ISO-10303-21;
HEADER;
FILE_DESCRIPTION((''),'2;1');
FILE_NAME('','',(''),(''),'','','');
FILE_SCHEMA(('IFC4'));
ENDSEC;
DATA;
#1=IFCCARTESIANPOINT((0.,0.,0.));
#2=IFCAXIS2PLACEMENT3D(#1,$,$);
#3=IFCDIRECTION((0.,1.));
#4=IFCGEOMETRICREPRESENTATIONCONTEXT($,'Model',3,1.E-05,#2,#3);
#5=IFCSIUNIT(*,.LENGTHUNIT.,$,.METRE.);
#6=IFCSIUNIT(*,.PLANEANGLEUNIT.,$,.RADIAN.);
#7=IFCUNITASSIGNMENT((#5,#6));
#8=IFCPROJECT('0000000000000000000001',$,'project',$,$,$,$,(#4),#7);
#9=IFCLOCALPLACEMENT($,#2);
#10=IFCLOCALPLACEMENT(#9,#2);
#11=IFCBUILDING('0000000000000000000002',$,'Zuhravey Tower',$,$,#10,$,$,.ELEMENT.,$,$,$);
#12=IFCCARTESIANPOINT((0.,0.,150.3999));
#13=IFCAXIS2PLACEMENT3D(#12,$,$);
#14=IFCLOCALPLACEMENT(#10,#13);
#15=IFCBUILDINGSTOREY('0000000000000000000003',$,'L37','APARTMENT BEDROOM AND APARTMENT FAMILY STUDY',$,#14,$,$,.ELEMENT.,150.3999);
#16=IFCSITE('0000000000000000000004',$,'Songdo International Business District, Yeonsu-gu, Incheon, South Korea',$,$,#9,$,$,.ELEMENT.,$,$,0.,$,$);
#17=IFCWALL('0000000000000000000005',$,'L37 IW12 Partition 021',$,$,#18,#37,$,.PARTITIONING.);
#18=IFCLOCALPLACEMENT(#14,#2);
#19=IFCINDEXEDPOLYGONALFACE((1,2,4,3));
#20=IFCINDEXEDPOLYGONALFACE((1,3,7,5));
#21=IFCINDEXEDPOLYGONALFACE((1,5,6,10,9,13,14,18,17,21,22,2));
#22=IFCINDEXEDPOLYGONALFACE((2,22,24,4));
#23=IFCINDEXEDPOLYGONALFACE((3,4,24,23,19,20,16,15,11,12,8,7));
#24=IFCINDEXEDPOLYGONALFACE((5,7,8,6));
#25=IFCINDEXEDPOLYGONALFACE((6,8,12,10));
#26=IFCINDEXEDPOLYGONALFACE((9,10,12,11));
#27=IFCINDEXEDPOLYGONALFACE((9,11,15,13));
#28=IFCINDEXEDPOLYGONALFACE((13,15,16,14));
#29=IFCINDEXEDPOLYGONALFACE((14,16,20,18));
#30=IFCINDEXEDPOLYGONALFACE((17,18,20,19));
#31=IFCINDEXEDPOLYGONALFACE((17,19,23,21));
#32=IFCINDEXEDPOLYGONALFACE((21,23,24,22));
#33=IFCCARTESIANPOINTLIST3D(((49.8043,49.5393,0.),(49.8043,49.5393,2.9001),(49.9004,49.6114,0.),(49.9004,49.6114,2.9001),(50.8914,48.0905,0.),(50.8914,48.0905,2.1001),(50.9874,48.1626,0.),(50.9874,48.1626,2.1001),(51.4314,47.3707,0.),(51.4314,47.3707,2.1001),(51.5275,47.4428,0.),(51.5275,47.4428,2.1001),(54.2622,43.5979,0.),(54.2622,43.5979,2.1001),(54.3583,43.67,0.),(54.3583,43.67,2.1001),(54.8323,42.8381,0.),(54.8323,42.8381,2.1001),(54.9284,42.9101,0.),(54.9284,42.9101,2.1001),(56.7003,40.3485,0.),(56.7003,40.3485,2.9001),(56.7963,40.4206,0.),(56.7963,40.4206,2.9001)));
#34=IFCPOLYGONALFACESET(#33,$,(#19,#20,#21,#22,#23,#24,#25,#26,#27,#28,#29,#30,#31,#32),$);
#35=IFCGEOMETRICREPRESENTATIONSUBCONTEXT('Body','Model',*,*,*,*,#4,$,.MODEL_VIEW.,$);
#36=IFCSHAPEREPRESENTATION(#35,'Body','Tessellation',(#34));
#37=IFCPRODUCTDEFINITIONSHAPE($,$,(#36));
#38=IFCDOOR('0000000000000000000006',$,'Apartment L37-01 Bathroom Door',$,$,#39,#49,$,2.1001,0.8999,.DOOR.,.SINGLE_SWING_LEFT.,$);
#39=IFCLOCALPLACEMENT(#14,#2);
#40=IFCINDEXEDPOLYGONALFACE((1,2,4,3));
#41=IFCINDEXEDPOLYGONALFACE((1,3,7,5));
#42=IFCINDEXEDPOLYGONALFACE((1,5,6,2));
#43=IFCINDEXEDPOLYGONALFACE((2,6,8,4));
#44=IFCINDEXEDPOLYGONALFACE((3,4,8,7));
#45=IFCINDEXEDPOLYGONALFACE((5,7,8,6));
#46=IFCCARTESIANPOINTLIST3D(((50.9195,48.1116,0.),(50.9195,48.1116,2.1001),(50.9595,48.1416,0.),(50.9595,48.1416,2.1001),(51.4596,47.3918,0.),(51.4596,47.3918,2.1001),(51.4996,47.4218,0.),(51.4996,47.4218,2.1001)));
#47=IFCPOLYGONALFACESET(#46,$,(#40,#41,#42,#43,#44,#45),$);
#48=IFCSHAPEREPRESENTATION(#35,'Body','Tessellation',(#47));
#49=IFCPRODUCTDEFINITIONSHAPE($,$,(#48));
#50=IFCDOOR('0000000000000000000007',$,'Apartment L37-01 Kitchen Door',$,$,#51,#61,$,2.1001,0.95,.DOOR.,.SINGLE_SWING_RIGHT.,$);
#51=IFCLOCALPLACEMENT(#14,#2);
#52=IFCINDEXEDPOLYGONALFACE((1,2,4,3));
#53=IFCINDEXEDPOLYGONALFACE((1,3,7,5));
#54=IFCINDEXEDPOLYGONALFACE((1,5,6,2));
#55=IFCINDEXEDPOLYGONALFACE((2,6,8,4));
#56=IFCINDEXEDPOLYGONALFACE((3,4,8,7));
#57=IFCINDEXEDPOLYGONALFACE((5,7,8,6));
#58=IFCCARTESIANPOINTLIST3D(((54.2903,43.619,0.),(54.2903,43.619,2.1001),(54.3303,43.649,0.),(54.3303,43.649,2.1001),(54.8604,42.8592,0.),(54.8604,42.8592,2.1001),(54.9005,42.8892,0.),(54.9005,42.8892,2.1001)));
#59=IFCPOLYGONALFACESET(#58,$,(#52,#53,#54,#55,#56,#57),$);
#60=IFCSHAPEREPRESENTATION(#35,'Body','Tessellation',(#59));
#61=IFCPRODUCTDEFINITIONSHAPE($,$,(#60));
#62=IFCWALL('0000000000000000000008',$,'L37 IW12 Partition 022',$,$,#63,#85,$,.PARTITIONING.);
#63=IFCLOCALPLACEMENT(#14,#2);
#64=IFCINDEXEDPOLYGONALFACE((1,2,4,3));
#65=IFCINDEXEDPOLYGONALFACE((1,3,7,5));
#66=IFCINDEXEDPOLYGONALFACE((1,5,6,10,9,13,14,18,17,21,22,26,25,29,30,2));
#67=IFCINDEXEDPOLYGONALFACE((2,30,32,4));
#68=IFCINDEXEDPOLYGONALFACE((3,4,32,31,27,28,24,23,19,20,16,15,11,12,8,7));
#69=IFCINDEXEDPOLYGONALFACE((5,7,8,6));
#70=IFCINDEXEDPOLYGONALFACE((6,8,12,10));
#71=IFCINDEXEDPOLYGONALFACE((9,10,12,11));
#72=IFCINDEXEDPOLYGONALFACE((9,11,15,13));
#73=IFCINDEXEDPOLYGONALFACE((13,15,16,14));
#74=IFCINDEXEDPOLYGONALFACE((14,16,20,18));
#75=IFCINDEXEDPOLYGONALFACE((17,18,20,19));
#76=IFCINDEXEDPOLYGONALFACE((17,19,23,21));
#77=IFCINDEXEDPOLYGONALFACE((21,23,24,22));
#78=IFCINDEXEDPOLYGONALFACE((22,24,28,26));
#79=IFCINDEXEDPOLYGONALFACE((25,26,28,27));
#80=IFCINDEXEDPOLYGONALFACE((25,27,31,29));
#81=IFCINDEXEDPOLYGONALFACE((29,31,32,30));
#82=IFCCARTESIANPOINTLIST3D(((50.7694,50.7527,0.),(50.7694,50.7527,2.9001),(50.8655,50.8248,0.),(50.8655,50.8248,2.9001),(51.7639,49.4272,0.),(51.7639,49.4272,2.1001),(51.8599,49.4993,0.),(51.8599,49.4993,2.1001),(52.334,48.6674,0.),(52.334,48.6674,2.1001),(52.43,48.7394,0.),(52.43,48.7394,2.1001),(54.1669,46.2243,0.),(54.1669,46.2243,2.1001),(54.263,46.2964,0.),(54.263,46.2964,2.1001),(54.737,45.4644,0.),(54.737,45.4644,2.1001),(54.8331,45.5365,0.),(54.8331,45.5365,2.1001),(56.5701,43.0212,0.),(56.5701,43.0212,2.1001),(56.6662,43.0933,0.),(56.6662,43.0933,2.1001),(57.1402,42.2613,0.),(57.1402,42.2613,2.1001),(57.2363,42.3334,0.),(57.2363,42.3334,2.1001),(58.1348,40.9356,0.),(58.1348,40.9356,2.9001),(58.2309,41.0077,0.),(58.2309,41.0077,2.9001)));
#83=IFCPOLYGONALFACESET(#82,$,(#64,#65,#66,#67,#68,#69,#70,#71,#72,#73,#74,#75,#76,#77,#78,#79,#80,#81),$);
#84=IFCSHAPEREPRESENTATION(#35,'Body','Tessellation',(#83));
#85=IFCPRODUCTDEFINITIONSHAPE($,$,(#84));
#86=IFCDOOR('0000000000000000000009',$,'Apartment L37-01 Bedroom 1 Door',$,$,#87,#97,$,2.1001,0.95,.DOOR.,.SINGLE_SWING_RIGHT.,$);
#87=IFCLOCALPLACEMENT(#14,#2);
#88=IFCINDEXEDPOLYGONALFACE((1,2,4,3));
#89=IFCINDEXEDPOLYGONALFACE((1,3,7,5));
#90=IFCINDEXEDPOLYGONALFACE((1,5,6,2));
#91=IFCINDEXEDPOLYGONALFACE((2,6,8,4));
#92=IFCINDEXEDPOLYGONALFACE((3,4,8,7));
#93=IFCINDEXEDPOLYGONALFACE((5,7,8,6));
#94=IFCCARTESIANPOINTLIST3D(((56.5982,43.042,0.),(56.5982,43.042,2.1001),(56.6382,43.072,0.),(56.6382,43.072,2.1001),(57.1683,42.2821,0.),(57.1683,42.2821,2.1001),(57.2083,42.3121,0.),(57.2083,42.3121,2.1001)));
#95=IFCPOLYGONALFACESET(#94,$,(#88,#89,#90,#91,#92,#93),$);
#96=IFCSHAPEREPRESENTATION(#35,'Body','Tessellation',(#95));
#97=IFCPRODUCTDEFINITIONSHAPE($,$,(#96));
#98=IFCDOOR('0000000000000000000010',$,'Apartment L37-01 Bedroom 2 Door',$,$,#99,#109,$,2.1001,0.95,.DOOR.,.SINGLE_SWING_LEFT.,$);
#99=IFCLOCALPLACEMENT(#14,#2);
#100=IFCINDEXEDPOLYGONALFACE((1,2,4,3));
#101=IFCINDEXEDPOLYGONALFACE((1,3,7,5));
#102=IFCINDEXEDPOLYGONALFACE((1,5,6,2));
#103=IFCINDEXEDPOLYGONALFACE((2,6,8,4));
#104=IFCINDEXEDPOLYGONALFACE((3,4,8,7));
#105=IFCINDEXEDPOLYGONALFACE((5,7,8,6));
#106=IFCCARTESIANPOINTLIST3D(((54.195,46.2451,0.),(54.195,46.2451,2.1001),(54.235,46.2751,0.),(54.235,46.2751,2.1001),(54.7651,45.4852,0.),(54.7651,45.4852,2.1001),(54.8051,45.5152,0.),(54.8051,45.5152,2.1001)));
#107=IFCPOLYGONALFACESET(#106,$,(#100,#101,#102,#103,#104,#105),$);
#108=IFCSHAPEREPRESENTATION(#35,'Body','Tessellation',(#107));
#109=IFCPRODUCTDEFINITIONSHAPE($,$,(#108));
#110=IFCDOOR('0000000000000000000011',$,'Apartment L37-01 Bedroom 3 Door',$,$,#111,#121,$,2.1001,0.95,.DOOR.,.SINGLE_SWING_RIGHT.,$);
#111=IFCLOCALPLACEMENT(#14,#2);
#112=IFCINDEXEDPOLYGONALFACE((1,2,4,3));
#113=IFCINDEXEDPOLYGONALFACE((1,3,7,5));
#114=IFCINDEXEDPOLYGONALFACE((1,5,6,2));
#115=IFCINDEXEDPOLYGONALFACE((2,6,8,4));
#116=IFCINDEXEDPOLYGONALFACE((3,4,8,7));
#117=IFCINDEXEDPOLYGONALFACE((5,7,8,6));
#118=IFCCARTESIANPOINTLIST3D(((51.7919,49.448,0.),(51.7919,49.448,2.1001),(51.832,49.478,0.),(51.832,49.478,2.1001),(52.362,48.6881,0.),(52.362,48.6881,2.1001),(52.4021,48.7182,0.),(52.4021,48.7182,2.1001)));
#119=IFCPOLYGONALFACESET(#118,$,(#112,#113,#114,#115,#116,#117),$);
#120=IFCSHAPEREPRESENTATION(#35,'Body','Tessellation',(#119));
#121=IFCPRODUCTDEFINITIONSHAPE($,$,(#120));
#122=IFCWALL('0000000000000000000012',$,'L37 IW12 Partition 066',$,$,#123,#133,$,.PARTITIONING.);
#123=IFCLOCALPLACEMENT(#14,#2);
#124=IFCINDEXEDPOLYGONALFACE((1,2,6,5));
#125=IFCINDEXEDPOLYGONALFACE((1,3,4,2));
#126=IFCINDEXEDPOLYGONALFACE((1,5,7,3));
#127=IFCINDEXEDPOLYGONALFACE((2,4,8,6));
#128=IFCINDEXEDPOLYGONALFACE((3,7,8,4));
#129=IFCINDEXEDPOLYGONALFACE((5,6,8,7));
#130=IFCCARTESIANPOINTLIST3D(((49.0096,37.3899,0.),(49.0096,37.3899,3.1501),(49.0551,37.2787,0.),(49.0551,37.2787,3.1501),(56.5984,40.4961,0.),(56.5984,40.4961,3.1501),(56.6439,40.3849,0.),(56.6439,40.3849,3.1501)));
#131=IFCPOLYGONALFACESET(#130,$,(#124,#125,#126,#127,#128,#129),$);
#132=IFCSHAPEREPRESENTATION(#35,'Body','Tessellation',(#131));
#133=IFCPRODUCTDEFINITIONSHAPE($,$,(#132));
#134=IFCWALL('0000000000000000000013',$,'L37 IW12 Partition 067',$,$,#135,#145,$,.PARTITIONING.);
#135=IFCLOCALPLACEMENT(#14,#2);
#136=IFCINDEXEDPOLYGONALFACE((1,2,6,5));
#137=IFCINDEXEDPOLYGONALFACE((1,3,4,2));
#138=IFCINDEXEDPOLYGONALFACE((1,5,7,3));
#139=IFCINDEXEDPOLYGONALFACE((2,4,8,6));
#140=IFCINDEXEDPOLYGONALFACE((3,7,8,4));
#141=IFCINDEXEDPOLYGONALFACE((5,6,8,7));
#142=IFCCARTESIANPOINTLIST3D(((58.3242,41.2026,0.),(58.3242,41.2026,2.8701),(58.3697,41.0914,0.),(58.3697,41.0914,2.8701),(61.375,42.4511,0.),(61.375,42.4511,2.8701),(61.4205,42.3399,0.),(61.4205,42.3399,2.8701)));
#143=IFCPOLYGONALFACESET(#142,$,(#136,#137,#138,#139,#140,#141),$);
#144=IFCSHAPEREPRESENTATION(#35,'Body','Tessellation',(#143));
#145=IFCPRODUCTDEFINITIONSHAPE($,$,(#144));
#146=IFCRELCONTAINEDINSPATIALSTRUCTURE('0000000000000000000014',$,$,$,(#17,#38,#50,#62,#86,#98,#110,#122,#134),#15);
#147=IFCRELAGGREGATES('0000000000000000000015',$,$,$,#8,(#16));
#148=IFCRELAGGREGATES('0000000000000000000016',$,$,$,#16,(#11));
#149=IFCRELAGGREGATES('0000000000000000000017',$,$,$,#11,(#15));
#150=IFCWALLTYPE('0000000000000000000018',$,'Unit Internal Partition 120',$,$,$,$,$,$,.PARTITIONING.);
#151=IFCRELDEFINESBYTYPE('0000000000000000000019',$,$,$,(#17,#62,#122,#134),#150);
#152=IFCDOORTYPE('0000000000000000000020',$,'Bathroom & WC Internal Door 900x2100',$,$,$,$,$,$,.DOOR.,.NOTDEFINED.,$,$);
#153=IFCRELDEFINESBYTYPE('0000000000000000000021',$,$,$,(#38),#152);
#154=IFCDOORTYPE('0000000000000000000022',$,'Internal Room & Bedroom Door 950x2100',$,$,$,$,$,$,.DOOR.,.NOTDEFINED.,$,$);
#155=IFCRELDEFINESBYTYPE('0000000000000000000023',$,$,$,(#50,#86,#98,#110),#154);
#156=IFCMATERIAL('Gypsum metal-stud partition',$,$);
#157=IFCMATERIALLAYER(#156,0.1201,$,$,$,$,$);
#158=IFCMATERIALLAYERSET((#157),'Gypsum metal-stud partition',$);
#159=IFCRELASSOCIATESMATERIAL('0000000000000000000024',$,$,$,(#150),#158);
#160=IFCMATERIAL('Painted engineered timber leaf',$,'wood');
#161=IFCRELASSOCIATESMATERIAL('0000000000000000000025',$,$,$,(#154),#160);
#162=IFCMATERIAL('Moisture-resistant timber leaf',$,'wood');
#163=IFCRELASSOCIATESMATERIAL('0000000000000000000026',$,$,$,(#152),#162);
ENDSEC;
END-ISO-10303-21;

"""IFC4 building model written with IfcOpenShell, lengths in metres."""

from ifc_helpers import new_model, si_unit, direction, frame, frame_2d, origin, place, context, subcontext, project, spatial, rectangle, extrude, material, layer, layer_set, type_object, element, fill, save


model = new_model("IFC4")

# Units and contexts
model_context = context("Model", 3, precision=1e-05, world=origin(), true_north=direction((0.0, 1.0)))
body_context = subcontext(model_context, "Body", "Model", "MODEL_VIEW")
ifc_project = project(units=[si_unit("LENGTHUNIT", "METRE"), si_unit("PLANEANGLEUNIT", "RADIAN")], contexts=[model_context])

# Site, building, storey
site_placement = place(None, origin())
site = spatial("IfcSite", under=ifc_project, at=site_placement, Name="Songdo International Business District, Yeonsu-gu, Incheon, South Korea", CompositionType="ELEMENT", RefElevation=0.0)
building_placement = place(site_placement, origin())
building = spatial("IfcBuilding", under=site, at=building_placement, Name="Zuhravey Tower", CompositionType="ELEMENT")
storey_placement = place(building_placement, frame((0.0, 0.0, 150.3999)))
storey = spatial("IfcBuildingStorey", under=building, at=storey_placement, Name="L37", Description="APARTMENT BEDROOM AND APARTMENT FAMILY STUDY", CompositionType="ELEMENT", Elevation=150.3999)

# Shared definitions
ifc_material_1 = material(Name="Gypsum metal-stud partition")
ifc_layer_1 = layer(ifc_material_1, 0.1201)
ifc_layer_set_1 = layer_set([ifc_layer_1], Name="Gypsum metal-stud partition")
wall_type_1 = type_object("IfcWallType", Name="Unit Internal Partition 120", PredefinedType="PARTITIONING", material=ifc_layer_set_1)
ifc_material_2 = material(Name="Painted engineered timber leaf", Category="wood")
door_type_1 = type_object("IfcDoorType", Name="Internal Room & Bedroom Door 950x2100", OperationType="NOTDEFINED", PredefinedType="DOOR", material=ifc_material_2)

# Walls, openings, doors
wall_1_placement = place(storey_placement, frame((56.7483, 40.3845, 0.0), z_axis=(0.0, 0.0, 1.0), x_axis=(-0.600156, 0.799883, 0.0)))
wall_1 = element("IfcWall", 1, at=wall_1_placement, inside=storey, type_object=wall_type_1, Name="L37 IW12 Partition 021", PredefinedType="PARTITIONING", context=body_context, shape_type="SweptSolid", body=[
    extrude(rectangle(XDim=11.4902, YDim=0.1201, at=frame_2d((5.7451, 0.0))), origin(), (0.0, 0.0, 1.0), 2.9001),
])
opening_1_placement = place(wall_1_placement, frame((3.1123, 0.0, 0.0)))
opening_1 = element("IfcOpeningElement", 2, at=opening_1_placement, cuts=wall_1, PredefinedType="OPENING", context=body_context, shape_type="SweptSolid", body=[
    extrude(rectangle(XDim=0.95, YDim=2.1001, at=frame_2d((0.4751, 1.05))), frame((0.0, 0.072, 0.0), z_axis=(0.0, -1.0, 0.0), x_axis=(1.0, 0.0, 0.0)), (0.0, 0.0, 1.0), 0.144),
])
opening_2_placement = place(wall_1_placement, frame((8.7791, 0.0, 0.0)))
opening_2 = element("IfcOpeningElement", 3, at=opening_2_placement, cuts=wall_1, PredefinedType="OPENING", context=body_context, shape_type="SweptSolid", body=[
    extrude(rectangle(XDim=0.8999, YDim=2.1001, at=frame_2d((0.45, 1.05))), frame((0.0, 0.072, 0.0), z_axis=(0.0, -1.0, 0.0), x_axis=(1.0, 0.0, 0.0)), (0.0, 0.0, 1.0), 0.144),
])
ifc_material_3 = material(Name="Moisture-resistant timber leaf", Category="wood")
door_type_2 = type_object("IfcDoorType", Name="Bathroom & WC Internal Door 900x2100", OperationType="NOTDEFINED", PredefinedType="DOOR", material=ifc_material_3)
door_1_placement = place(opening_2_placement, origin())
door_1 = element("IfcDoor", 4, at=door_1_placement, inside=storey, type_object=door_type_2, Name="Apartment L37-01 Bathroom Door", OperationType="SINGLE_SWING_LEFT", OverallHeight=2.1001, OverallWidth=0.8999, PredefinedType="DOOR", context=body_context, shape_type="SweptSolid", body=[
    extrude(rectangle(XDim=0.8999, YDim=2.1001, at=frame_2d((0.45, 1.05))), frame((0.0, 0.0249, 0.0), z_axis=(0.0, -1.0, 0.0), x_axis=(1.0, 0.0, 0.0)), (0.0, 0.0, 1.0), 0.05),
])
fill(opening_2, door_1)
door_2_placement = place(opening_1_placement, origin())
door_2 = element("IfcDoor", 5, at=door_2_placement, inside=storey, type_object=door_type_1, Name="Apartment L37-01 Kitchen Door", OperationType="SINGLE_SWING_RIGHT", OverallHeight=2.1001, OverallWidth=0.95, PredefinedType="DOOR", context=body_context, shape_type="SweptSolid", body=[
    extrude(rectangle(XDim=0.95, YDim=2.1001, at=frame_2d((0.4751, 1.05))), frame((0.0, 0.0249, 0.0), z_axis=(0.0, -1.0, 0.0), x_axis=(1.0, 0.0, 0.0)), (0.0, 0.0, 1.0), 0.05),
])
fill(opening_1, door_2)
wall_2_placement = place(storey_placement, frame((58.1829, 40.9717, 0.0), z_axis=(0.0, 0.0, 1.0), x_axis=(-0.600137, 0.799897, 0.0)))
wall_2 = element("IfcWall", 6, at=wall_2_placement, inside=storey, type_object=wall_type_1, Name="L37 IW12 Partition 022", PredefinedType="PARTITIONING", context=body_context, shape_type="SweptSolid", body=[
    extrude(rectangle(XDim=12.2729, YDim=0.1201, at=frame_2d((6.1365, 0.0))), origin(), (0.0, 0.0, 1.0), 2.9001),
])
opening_3_placement = place(wall_2_placement, frame((1.6572, 0.0, 0.0)))
opening_3 = element("IfcOpeningElement", 7, at=opening_3_placement, cuts=wall_2, PredefinedType="OPENING", context=body_context, shape_type="SweptSolid", body=[
    extrude(rectangle(XDim=0.95, YDim=2.1001, at=frame_2d((0.4751, 1.05))), frame((0.0, 0.072, 0.0), z_axis=(0.0, -1.0, 0.0), x_axis=(1.0, 0.0, 0.0)), (0.0, 0.0, 1.0), 0.144),
])
opening_4_placement = place(wall_2_placement, frame((5.6616, 0.0, 0.0)))
opening_4 = element("IfcOpeningElement", 8, at=opening_4_placement, cuts=wall_2, PredefinedType="OPENING", context=body_context, shape_type="SweptSolid", body=[
    extrude(rectangle(XDim=0.95, YDim=2.1001, at=frame_2d((0.4751, 1.05))), frame((0.0, 0.072, 0.0), z_axis=(0.0, -1.0, 0.0), x_axis=(1.0, 0.0, 0.0)), (0.0, 0.0, 1.0), 0.144),
])
opening_5_placement = place(wall_2_placement, frame((9.6658, 0.0, 0.0)))
opening_5 = element("IfcOpeningElement", 9, at=opening_5_placement, cuts=wall_2, PredefinedType="OPENING", context=body_context, shape_type="SweptSolid", body=[
    extrude(rectangle(XDim=0.95, YDim=2.1001, at=frame_2d((0.4751, 1.05))), frame((0.0, 0.072, 0.0), z_axis=(0.0, -1.0, 0.0), x_axis=(1.0, 0.0, 0.0)), (0.0, 0.0, 1.0), 0.144),
])
door_3_placement = place(opening_3_placement, frame((0.95, 0.0, 0.0), z_axis=(0.0, 0.0, 1.0), x_axis=(-1.0, 0.0, 0.0)))
door_3 = element("IfcDoor", 10, at=door_3_placement, inside=storey, type_object=door_type_1, Name="Apartment L37-01 Bedroom 1 Door", OperationType="SINGLE_SWING_RIGHT", OverallHeight=2.1001, OverallWidth=0.95, PredefinedType="DOOR", context=body_context, shape_type="SweptSolid", body=[
    extrude(rectangle(XDim=0.95, YDim=2.1001, at=frame_2d((0.4751, 1.05))), frame((0.0, 0.0249, 0.0), z_axis=(0.0, -1.0, 0.0), x_axis=(1.0, 0.0, 0.0)), (0.0, 0.0, 1.0), 0.05),
])
fill(opening_3, door_3)
door_4_placement = place(opening_4_placement, frame((0.95, 0.0, 0.0), z_axis=(0.0, 0.0, 1.0), x_axis=(-1.0, 0.0, 0.0)))
door_4 = element("IfcDoor", 11, at=door_4_placement, inside=storey, type_object=door_type_1, Name="Apartment L37-01 Bedroom 2 Door", OperationType="SINGLE_SWING_LEFT", OverallHeight=2.1001, OverallWidth=0.95, PredefinedType="DOOR", context=body_context, shape_type="SweptSolid", body=[
    extrude(rectangle(XDim=0.95, YDim=2.1001, at=frame_2d((0.4751, 1.05))), frame((0.0, 0.0249, 0.0), z_axis=(0.0, -1.0, 0.0), x_axis=(1.0, 0.0, 0.0)), (0.0, 0.0, 1.0), 0.05),
])
fill(opening_4, door_4)
door_5_placement = place(opening_5_placement, frame((0.95, 0.0, 0.0), z_axis=(0.0, 0.0, 1.0), x_axis=(-1.0, 0.0, 0.0)))
door_5 = element("IfcDoor", 12, at=door_5_placement, inside=storey, type_object=door_type_1, Name="Apartment L37-01 Bedroom 3 Door", OperationType="SINGLE_SWING_RIGHT", OverallHeight=2.1001, OverallWidth=0.95, PredefinedType="DOOR", context=body_context, shape_type="SweptSolid", body=[
    extrude(rectangle(XDim=0.95, YDim=2.1001, at=frame_2d((0.4751, 1.05))), frame((0.0, 0.0249, 0.0), z_axis=(0.0, -1.0, 0.0), x_axis=(1.0, 0.0, 0.0)), (0.0, 0.0, 1.0), 0.05),
])
fill(opening_5, door_5)

# Walls
wall_3_placement = place(storey_placement, frame((49.0322, 37.3342, 0.0), z_axis=(0.0, 0.0, 1.0), x_axis=(0.925476, 0.378807, 0.0)))
element("IfcWall", 13, at=wall_3_placement, inside=storey, type_object=wall_type_1, Name="L37 IW12 Partition 066", PredefinedType="PARTITIONING", context=body_context, shape_type="SweptSolid", body=[
    extrude(rectangle(XDim=8.2, YDim=0.1201, at=frame_2d((4.1001, 0.0))), origin(), (0.0, 0.0, 1.0), 3.1501),
])
wall_4_placement = place(storey_placement, frame((58.3469, 41.147, 0.0), z_axis=(0.0, 0.0, 1.0), x_axis=(0.925495, 0.37876, 0.0)))
element("IfcWall", 14, at=wall_4_placement, inside=storey, type_object=wall_type_1, Name="L37 IW12 Partition 067", PredefinedType="PARTITIONING", context=body_context, shape_type="SweptSolid", body=[
    extrude(rectangle(XDim=3.2964, YDim=0.1201, at=frame_2d((1.6482, 0.0))), origin(), (0.0, 0.0, 1.0), 2.8701),
])

save(model, "model.ifc")
